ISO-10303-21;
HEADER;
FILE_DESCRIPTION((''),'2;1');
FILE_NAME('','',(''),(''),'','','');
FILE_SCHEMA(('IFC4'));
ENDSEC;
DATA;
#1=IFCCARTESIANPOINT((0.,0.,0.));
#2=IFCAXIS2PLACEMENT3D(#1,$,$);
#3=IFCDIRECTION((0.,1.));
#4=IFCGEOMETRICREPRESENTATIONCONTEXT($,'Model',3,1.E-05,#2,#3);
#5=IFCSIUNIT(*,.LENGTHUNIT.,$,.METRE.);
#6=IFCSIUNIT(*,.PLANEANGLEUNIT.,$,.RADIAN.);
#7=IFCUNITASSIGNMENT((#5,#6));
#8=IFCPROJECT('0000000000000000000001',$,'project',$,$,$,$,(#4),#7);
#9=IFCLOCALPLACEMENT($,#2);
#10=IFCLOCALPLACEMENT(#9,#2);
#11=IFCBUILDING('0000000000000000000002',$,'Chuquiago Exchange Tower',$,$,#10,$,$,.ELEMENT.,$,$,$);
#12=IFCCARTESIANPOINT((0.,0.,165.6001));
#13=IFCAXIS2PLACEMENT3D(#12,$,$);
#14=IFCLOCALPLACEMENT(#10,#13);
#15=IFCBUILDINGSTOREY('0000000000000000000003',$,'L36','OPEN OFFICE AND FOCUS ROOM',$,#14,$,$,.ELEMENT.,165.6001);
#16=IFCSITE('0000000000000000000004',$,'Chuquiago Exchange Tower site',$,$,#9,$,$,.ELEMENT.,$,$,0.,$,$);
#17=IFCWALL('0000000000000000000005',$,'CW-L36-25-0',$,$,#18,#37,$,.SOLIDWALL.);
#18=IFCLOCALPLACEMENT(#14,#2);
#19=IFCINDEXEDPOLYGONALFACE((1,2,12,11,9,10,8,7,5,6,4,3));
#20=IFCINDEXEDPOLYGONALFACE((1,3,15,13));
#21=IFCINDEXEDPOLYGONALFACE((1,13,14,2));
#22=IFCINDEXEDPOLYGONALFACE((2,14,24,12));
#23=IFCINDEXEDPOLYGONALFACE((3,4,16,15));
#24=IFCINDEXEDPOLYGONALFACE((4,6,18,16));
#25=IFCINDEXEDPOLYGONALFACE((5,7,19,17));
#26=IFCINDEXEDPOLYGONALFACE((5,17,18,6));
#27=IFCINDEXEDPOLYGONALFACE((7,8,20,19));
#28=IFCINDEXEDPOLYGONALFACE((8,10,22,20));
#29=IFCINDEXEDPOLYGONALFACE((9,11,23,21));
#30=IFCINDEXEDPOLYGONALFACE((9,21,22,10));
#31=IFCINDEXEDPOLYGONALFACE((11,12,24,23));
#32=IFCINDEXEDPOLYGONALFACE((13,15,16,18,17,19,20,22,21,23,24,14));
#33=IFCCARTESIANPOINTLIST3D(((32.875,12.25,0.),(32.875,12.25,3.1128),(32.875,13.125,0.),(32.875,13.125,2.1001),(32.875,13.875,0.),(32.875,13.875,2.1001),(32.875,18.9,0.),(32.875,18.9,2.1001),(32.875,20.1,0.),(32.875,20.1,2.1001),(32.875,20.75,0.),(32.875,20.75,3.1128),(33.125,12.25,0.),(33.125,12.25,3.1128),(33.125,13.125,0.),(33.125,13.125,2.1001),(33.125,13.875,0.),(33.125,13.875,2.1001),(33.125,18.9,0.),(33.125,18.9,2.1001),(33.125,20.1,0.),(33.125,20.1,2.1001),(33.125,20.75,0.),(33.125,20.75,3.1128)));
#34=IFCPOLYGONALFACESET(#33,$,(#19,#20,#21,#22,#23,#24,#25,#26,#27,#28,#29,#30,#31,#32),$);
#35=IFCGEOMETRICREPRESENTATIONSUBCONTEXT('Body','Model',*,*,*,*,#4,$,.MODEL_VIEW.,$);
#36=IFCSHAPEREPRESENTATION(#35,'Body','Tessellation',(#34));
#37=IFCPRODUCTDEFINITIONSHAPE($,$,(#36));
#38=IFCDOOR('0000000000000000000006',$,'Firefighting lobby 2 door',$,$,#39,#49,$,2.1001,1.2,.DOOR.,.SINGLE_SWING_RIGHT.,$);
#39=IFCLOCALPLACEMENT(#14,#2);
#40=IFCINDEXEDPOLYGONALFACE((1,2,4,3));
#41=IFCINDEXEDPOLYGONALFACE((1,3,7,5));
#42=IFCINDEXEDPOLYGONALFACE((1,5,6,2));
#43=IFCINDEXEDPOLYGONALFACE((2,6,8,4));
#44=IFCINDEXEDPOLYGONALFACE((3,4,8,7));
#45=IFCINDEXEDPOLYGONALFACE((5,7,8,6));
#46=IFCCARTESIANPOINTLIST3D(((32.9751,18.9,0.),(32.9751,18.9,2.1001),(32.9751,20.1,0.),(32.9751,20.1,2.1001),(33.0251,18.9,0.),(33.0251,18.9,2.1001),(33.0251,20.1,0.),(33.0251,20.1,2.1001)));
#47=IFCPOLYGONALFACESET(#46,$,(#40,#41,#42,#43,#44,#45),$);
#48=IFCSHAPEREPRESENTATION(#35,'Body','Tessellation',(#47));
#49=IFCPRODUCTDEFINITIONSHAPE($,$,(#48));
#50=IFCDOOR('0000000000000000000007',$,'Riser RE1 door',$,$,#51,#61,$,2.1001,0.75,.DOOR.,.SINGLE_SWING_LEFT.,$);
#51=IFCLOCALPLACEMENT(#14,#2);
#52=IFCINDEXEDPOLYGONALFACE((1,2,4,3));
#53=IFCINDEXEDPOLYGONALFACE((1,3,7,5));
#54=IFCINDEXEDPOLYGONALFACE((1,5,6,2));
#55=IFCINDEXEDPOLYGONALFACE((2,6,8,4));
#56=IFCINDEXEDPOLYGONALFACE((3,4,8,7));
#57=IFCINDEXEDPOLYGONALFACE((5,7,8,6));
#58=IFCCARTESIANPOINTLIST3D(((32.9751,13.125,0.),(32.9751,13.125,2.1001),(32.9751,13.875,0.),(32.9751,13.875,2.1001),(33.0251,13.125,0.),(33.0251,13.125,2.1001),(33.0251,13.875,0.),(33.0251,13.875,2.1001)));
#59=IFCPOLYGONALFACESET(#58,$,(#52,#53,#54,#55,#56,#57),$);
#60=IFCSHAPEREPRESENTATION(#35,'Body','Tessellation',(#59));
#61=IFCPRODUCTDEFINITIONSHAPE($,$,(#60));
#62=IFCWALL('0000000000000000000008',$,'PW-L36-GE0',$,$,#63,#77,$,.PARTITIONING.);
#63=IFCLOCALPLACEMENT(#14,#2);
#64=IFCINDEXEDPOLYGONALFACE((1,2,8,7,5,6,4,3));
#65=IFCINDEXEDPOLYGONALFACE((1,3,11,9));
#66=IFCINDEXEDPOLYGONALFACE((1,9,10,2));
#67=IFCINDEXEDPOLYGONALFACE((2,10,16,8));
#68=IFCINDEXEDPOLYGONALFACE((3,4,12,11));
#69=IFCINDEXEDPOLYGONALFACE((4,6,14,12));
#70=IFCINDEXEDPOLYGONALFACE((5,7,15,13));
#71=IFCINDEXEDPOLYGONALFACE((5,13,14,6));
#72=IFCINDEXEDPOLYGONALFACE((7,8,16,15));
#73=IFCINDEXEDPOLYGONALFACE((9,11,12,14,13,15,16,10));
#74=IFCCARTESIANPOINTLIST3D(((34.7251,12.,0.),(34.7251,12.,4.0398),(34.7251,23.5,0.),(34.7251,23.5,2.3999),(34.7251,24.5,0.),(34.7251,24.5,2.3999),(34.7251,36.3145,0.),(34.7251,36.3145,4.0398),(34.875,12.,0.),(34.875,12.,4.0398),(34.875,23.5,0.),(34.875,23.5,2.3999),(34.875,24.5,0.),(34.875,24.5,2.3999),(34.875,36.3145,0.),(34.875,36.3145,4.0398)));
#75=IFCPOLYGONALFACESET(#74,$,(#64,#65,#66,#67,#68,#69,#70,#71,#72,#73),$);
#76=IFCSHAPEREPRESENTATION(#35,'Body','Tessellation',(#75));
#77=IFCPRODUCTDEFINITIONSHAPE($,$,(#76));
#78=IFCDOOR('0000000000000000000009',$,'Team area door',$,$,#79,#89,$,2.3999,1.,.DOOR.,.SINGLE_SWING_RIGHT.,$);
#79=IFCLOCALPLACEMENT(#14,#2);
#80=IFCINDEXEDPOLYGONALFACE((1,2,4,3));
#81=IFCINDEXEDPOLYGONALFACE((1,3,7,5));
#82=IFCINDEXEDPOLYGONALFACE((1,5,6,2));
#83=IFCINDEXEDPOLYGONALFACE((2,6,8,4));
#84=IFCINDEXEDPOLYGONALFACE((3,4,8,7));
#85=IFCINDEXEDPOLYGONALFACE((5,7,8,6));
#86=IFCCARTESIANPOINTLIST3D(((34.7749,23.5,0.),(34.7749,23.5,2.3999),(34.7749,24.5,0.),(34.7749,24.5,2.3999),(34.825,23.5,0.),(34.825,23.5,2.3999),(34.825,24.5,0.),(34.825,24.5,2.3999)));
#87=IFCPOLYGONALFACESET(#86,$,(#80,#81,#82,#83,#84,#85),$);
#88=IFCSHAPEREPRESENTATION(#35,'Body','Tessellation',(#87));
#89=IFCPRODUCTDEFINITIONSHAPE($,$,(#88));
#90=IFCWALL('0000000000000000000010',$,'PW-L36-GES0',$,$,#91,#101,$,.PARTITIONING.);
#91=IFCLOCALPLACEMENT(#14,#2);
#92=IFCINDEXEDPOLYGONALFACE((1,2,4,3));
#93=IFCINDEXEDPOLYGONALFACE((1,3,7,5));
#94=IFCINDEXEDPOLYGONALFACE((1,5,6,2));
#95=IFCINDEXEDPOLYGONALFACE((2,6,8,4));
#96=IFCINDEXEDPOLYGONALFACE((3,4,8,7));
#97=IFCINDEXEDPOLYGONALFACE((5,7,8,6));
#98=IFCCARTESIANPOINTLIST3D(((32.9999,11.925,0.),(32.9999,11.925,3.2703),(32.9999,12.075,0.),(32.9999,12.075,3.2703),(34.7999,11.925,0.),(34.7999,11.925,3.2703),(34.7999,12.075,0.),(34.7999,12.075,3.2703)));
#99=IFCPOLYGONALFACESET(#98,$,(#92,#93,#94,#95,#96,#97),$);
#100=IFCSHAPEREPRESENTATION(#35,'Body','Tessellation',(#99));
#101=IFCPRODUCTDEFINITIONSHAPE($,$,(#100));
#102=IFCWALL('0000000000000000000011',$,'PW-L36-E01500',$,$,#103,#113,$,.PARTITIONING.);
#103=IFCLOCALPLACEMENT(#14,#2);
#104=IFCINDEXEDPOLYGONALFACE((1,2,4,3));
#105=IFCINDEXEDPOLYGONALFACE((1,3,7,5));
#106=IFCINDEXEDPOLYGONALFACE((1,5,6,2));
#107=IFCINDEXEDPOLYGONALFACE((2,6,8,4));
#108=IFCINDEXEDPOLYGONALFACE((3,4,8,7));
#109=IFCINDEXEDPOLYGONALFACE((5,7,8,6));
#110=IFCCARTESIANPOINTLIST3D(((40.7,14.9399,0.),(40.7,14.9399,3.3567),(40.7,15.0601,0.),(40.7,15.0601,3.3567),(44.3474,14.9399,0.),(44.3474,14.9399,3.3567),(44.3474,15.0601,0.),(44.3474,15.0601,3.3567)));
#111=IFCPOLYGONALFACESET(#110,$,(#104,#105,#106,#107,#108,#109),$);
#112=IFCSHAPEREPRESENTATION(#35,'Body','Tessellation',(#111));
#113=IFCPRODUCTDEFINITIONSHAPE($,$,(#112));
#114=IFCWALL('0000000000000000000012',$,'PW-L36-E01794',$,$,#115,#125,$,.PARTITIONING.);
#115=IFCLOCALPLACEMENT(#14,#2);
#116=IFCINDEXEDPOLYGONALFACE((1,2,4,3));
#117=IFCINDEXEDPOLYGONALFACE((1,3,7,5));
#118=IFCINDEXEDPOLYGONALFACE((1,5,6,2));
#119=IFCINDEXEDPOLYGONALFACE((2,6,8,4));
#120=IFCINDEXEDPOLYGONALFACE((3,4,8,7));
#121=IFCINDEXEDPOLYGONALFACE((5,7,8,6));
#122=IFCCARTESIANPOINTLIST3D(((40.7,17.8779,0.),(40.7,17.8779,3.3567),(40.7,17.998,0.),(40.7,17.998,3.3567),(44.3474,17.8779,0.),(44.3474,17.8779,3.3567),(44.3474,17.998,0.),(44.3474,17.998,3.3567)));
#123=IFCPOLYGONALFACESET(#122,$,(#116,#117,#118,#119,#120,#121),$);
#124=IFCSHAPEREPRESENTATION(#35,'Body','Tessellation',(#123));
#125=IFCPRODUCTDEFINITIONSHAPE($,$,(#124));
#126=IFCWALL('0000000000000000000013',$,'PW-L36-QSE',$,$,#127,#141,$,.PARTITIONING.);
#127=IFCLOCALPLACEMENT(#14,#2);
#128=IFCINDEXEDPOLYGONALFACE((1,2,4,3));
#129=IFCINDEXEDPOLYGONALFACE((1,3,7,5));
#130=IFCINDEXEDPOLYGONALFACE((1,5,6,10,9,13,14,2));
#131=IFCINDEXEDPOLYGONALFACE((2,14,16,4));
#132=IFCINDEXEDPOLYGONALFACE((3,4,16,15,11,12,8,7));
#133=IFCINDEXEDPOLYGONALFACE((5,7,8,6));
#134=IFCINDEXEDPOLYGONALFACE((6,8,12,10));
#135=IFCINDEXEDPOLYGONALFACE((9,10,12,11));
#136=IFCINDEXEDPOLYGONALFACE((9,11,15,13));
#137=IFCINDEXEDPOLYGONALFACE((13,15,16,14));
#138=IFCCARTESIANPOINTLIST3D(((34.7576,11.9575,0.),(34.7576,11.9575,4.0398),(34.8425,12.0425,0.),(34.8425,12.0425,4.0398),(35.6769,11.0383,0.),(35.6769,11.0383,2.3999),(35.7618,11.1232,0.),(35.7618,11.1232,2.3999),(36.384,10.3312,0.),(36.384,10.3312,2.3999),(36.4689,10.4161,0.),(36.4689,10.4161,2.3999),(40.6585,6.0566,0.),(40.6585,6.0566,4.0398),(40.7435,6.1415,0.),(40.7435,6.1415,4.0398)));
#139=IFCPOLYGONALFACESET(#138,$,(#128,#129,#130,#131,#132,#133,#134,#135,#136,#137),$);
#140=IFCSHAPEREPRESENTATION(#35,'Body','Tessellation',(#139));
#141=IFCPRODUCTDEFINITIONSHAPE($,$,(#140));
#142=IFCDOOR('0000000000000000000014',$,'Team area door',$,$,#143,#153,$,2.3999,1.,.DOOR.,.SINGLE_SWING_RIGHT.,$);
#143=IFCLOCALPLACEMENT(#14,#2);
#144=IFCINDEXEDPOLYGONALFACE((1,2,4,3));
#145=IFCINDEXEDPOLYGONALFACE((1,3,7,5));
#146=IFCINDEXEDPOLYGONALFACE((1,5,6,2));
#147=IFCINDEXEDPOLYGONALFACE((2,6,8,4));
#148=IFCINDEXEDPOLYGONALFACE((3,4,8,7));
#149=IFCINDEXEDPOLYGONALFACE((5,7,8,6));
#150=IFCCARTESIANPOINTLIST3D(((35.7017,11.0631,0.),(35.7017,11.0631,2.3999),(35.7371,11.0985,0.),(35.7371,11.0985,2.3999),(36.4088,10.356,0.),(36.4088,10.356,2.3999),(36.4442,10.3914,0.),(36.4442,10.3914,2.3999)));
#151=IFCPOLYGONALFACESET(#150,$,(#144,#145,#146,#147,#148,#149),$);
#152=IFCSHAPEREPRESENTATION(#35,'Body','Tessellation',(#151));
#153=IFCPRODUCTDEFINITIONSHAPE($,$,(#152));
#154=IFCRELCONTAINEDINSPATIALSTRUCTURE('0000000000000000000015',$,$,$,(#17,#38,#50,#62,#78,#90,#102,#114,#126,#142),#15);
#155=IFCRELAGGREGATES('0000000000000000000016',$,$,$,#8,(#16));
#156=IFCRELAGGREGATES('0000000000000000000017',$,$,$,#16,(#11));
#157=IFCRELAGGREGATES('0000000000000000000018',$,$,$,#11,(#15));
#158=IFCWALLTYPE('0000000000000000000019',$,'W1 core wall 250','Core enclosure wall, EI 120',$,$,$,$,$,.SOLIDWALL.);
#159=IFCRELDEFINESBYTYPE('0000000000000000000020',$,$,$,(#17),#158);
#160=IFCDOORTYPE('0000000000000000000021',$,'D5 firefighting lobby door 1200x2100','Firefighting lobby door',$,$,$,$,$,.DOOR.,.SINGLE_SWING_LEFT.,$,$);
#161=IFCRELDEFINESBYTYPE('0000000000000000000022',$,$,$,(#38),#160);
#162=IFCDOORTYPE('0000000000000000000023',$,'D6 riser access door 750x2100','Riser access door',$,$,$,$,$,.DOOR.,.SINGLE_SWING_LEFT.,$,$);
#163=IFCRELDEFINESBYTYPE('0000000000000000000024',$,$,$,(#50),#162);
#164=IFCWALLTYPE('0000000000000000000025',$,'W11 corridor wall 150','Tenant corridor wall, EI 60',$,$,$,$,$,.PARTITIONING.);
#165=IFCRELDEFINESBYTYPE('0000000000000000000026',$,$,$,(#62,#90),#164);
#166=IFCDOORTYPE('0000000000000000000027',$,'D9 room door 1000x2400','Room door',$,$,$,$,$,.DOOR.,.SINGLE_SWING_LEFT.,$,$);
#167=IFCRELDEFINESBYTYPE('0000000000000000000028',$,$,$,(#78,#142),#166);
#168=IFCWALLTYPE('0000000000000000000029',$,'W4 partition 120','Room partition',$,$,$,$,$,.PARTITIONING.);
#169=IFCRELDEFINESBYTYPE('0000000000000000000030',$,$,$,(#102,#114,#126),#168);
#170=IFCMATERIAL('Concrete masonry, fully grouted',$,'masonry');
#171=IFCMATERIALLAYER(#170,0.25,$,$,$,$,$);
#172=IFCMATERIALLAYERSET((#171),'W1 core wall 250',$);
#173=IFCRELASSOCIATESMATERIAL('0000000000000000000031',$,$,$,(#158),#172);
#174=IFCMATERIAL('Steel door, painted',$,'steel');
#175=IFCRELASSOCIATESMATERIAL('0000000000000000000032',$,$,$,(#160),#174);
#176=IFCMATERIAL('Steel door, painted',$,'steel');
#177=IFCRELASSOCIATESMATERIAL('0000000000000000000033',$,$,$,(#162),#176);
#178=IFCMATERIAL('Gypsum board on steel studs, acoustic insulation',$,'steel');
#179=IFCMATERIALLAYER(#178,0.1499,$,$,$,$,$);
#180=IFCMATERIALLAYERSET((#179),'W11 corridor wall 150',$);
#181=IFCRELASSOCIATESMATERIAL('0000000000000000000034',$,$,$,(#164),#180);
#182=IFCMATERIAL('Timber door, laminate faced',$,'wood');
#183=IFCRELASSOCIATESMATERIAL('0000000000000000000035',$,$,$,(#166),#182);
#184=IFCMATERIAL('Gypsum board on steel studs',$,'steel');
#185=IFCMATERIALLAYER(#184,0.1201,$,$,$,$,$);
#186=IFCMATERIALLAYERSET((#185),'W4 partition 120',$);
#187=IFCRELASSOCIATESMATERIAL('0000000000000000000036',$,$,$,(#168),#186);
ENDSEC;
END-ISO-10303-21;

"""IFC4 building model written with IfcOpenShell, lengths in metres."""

from ifc_helpers import new_model, si_unit, direction, frame, frame_2d, origin, place, context, subcontext, project, spatial, rectangle, extrude, material, layer, layer_set, type_object, element, fill, save


model = new_model("IFC4")

# Units and contexts
model_context = context("Model", 3, precision=1e-05, world=origin(), true_north=direction((0.0, 1.0)))
body_context = subcontext(model_context, "Body", "Model", "MODEL_VIEW")
ifc_project = project(units=[si_unit("LENGTHUNIT", "METRE"), si_unit("PLANEANGLEUNIT", "RADIAN")], contexts=[model_context])

# Site, building, storey
site_placement = place(None, origin())
site = spatial("IfcSite", under=ifc_project, at=site_placement, Name="Chuquiago Exchange Tower site", CompositionType="ELEMENT", RefElevation=0.0)
building_placement = place(site_placement, origin())
building = spatial("IfcBuilding", under=site, at=building_placement, Name="Chuquiago Exchange Tower", CompositionType="ELEMENT")
storey_placement = place(building_placement, frame((0.0, 0.0, 165.6001)))
storey = spatial("IfcBuildingStorey", under=building, at=storey_placement, Name="L36", Description="OPEN OFFICE AND FOCUS ROOM", CompositionType="ELEMENT", Elevation=165.6001)

# Wall, openings, doors
ifc_material_1 = material(Name="Concrete masonry, fully grouted", Category="masonry")
ifc_layer_1 = layer(ifc_material_1, 0.25)
ifc_layer_set_1 = layer_set([ifc_layer_1], Name="W1 core wall 250")
wall_type_1 = type_object("IfcWallType", Name="W1 core wall 250", Description="Core enclosure wall, EI 120", PredefinedType="SOLIDWALL", material=ifc_layer_set_1)
wall_1_placement = place(storey_placement, frame((33.0, 12.25, 0.0), z_axis=(0.0, 0.0, 1.0), x_axis=(0.0, 1.0, 0.0)))
wall_1 = element("IfcWall", 1, at=wall_1_placement, inside=storey, type_object=wall_type_1, Name="CW-L36-25-0", PredefinedType="SOLIDWALL", context=body_context, shape_type="SweptSolid", body=[
    extrude(rectangle(XDim=8.5, YDim=0.25, at=frame_2d((4.25, 0.0))), origin(), (0.0, 0.0, 1.0), 3.1128),
])
opening_1_placement = place(wall_1_placement, frame((6.6499, 0.0, 0.0)))
opening_1 = element("IfcOpeningElement", 2, at=opening_1_placement, cuts=wall_1, PredefinedType="OPENING", context=body_context, shape_type="SweptSolid", body=[
    extrude(rectangle(XDim=1.2, YDim=2.1001, at=frame_2d((0.6001, 1.05))), frame((0.0, 0.135, 0.0), z_axis=(0.0, -1.0, 0.0), x_axis=(1.0, 0.0, 0.0)), (0.0, 0.0, 1.0), 0.27),
])
opening_2_placement = place(wall_1_placement, frame((0.875, 0.0, 0.0)))
opening_2 = element("IfcOpeningElement", 3, at=opening_2_placement, cuts=wall_1, PredefinedType="OPENING", context=body_context, shape_type="SweptSolid", body=[
    extrude(rectangle(XDim=0.75, YDim=2.1001, at=frame_2d((0.375, 1.05))), frame((0.0, 0.135, 0.0), z_axis=(0.0, -1.0, 0.0), x_axis=(1.0, 0.0, 0.0)), (0.0, 0.0, 1.0), 0.27),
])
ifc_material_2 = material(Name="Steel door, painted", Category="steel")
door_type_1 = type_object("IfcDoorType", Name="D5 firefighting lobby door 1200x2100", Description="Firefighting lobby door", OperationType="SINGLE_SWING_LEFT", PredefinedType="DOOR", material=ifc_material_2)
door_1_placement = place(opening_1_placement, origin())
door_1 = element("IfcDoor", 4, at=door_1_placement, inside=storey, type_object=door_type_1, Name="Firefighting lobby 2 door", OperationType="SINGLE_SWING_RIGHT", OverallHeight=2.1001, OverallWidth=1.2, PredefinedType="DOOR", context=body_context, shape_type="SweptSolid", body=[
    extrude(rectangle(XDim=1.2, YDim=2.1001, at=frame_2d((0.6001, 1.05))), frame((0.0, 0.0249, 0.0), z_axis=(0.0, -1.0, 0.0), x_axis=(1.0, 0.0, 0.0)), (0.0, 0.0, 1.0), 0.05),
])
fill(opening_1, door_1)
ifc_material_3 = material(Name="Steel door, painted", Category="steel")
door_type_2 = type_object("IfcDoorType", Name="D6 riser access door 750x2100", Description="Riser access door", OperationType="SINGLE_SWING_LEFT", PredefinedType="DOOR", material=ifc_material_3)
door_2_placement = place(opening_2_placement, origin())
door_2 = element("IfcDoor", 5, at=door_2_placement, inside=storey, type_object=door_type_2, Name="Riser RE1 door", OperationType="SINGLE_SWING_LEFT", OverallHeight=2.1001, OverallWidth=0.75, PredefinedType="DOOR", context=body_context, shape_type="SweptSolid", body=[
    extrude(rectangle(XDim=0.75, YDim=2.1001, at=frame_2d((0.375, 1.05))), frame((0.0, 0.0249, 0.0), z_axis=(0.0, -1.0, 0.0), x_axis=(1.0, 0.0, 0.0)), (0.0, 0.0, 1.0), 0.05),
])
fill(opening_2, door_2)

# Wall, opening, door
ifc_material_4 = material(Name="Gypsum board on steel studs, acoustic insulation", Category="steel")
ifc_layer_2 = layer(ifc_material_4, 0.1499)
ifc_layer_set_2 = layer_set([ifc_layer_2], Name="W11 corridor wall 150")
wall_type_2 = type_object("IfcWallType", Name="W11 corridor wall 150", Description="Tenant corridor wall, EI 60", PredefinedType="PARTITIONING", material=ifc_layer_set_2)
wall_2_placement = place(storey_placement, frame((34.8, 12.0, 0.0), z_axis=(0.0, 0.0, 1.0), x_axis=(0.0, 1.0, 0.0)))
wall_2 = element("IfcWall", 6, at=wall_2_placement, inside=storey, type_object=wall_type_2, Name="PW-L36-GE0", PredefinedType="PARTITIONING", context=body_context, shape_type="SweptSolid", body=[
    extrude(rectangle(XDim=24.3145, YDim=0.1499, at=frame_2d((12.1572, 0.0))), origin(), (0.0, 0.0, 1.0), 4.0398),
])
opening_3_placement = place(wall_2_placement, frame((11.5, 0.0, 0.0)))
opening_3 = element("IfcOpeningElement", 7, at=opening_3_placement, cuts=wall_2, PredefinedType="OPENING", context=body_context, shape_type="SweptSolid", body=[
    extrude(rectangle(XDim=1.0, YDim=2.3999, at=frame_2d((0.5, 1.2))), frame((0.0, 0.085, 0.0), z_axis=(0.0, -1.0, 0.0), x_axis=(1.0, 0.0, 0.0)), (0.0, 0.0, 1.0), 0.1699),
])
ifc_material_5 = material(Name="Timber door, laminate faced", Category="wood")
door_type_3 = type_object("IfcDoorType", Name="D9 room door 1000x2400", Description="Room door", OperationType="SINGLE_SWING_LEFT", PredefinedType="DOOR", material=ifc_material_5)
door_3_placement = place(opening_3_placement, frame((1.0, 0.0, 0.0), z_axis=(0.0, 0.0, 1.0), x_axis=(-1.0, 0.0, 0.0)))
door_3 = element("IfcDoor", 8, at=door_3_placement, inside=storey, type_object=door_type_3, Name="Team area door", OperationType="SINGLE_SWING_RIGHT", OverallHeight=2.3999, OverallWidth=1.0, PredefinedType="DOOR", context=body_context, shape_type="SweptSolid", body=[
    extrude(rectangle(XDim=1.0, YDim=2.3999, at=frame_2d((0.5, 1.2))), frame((0.0, 0.0249, 0.0), z_axis=(0.0, -1.0, 0.0), x_axis=(1.0, 0.0, 0.0)), (0.0, 0.0, 1.0), 0.05),
])
fill(opening_3, door_3)

# Walls
wall_3_placement = place(storey_placement, frame((33.0, 12.0, 0.0), z_axis=(0.0, 0.0, 1.0), x_axis=(1.0, 0.0, 0.0)))
element("IfcWall", 9, at=wall_3_placement, inside=storey, type_object=wall_type_2, Name="PW-L36-GES0", PredefinedType="PARTITIONING", context=body_context, shape_type="SweptSolid", body=[
    extrude(rectangle(XDim=1.8, YDim=0.1499, at=frame_2d((0.8999, 0.0))), origin(), (0.0, 0.0, 1.0), 3.2703),
])
ifc_material_6 = material(Name="Gypsum board on steel studs", Category="steel")
ifc_layer_3 = layer(ifc_material_6, 0.1201)
ifc_layer_set_3 = layer_set([ifc_layer_3], Name="W4 partition 120")
wall_type_3 = type_object("IfcWallType", Name="W4 partition 120", Description="Room partition", PredefinedType="PARTITIONING", material=ifc_layer_set_3)
for number, where, z_axis, x_axis, name in (
    (10, (44.3474, 15.0, 0.0), (0.0, 0.0, 1.0), (-1.0, 0.0, 0.0), "PW-L36-E01500"),
    (11, (44.3474, 17.938, 0.0), (0.0, 0.0, 1.0), (-1.0, 0.0, 0.0), "PW-L36-E01794"),
):
    element("IfcWall", number, at=place(storey_placement, frame(where, z_axis=z_axis, x_axis=x_axis)), inside=storey, type_object=wall_type_3, Name=name, PredefinedType="PARTITIONING", context=body_context, shape_type="SweptSolid", body=[
        extrude(rectangle(XDim=3.6475, YDim=0.1201, at=frame_2d((1.8237, 0.0))), origin(), (0.0, 0.0, 1.0), 3.3567),
    ])

# Wall, opening, door
wall_4_placement = place(storey_placement, frame((34.8, 12.0, 0.0), z_axis=(0.0, 0.0, 1.0), x_axis=(0.707107, -0.707107, 0.0)))
wall_4 = element("IfcWall", 12, at=wall_4_placement, inside=storey, type_object=wall_type_3, Name="PW-L36-QSE", PredefinedType="PARTITIONING", context=body_context, shape_type="SweptSolid", body=[
    extrude(rectangle(XDim=8.3452, YDim=0.1201, at=frame_2d((4.1726, 0.0))), origin(), (0.0, 0.0, 1.0), 4.0398),
])
opening_4_placement = place(wall_4_placement, frame((1.3, 0.0, 0.0)))
opening_4 = element("IfcOpeningElement", 13, at=opening_4_placement, cuts=wall_4, PredefinedType="OPENING", context=body_context, shape_type="SweptSolid", body=[
    extrude(rectangle(XDim=1.0, YDim=2.3999, at=frame_2d((0.5, 1.2))), frame((0.0, 0.0701, 0.0), z_axis=(0.0, -1.0, 0.0), x_axis=(1.0, 0.0, 0.0)), (0.0, 0.0, 1.0), 0.1401),
])
door_4_placement = place(opening_4_placement, frame((1.0, 0.0, 0.0), z_axis=(0.0, 0.0, 1.0), x_axis=(-1.0, 0.0, 0.0)))
door_4 = element("IfcDoor", 14, at=door_4_placement, inside=storey, type_object=door_type_3, Name="Team area door", OperationType="SINGLE_SWING_RIGHT", OverallHeight=2.3999, OverallWidth=1.0, PredefinedType="DOOR", context=body_context, shape_type="SweptSolid", body=[
    extrude(rectangle(XDim=1.0, YDim=2.3999, at=frame_2d((0.5, 1.2))), frame((0.0, 0.0249, 0.0), z_axis=(0.0, -1.0, 0.0), x_axis=(1.0, 0.0, 0.0)), (0.0, 0.0, 1.0), 0.05),
])
fill(opening_4, door_4)

save(model, "model.ifc")
